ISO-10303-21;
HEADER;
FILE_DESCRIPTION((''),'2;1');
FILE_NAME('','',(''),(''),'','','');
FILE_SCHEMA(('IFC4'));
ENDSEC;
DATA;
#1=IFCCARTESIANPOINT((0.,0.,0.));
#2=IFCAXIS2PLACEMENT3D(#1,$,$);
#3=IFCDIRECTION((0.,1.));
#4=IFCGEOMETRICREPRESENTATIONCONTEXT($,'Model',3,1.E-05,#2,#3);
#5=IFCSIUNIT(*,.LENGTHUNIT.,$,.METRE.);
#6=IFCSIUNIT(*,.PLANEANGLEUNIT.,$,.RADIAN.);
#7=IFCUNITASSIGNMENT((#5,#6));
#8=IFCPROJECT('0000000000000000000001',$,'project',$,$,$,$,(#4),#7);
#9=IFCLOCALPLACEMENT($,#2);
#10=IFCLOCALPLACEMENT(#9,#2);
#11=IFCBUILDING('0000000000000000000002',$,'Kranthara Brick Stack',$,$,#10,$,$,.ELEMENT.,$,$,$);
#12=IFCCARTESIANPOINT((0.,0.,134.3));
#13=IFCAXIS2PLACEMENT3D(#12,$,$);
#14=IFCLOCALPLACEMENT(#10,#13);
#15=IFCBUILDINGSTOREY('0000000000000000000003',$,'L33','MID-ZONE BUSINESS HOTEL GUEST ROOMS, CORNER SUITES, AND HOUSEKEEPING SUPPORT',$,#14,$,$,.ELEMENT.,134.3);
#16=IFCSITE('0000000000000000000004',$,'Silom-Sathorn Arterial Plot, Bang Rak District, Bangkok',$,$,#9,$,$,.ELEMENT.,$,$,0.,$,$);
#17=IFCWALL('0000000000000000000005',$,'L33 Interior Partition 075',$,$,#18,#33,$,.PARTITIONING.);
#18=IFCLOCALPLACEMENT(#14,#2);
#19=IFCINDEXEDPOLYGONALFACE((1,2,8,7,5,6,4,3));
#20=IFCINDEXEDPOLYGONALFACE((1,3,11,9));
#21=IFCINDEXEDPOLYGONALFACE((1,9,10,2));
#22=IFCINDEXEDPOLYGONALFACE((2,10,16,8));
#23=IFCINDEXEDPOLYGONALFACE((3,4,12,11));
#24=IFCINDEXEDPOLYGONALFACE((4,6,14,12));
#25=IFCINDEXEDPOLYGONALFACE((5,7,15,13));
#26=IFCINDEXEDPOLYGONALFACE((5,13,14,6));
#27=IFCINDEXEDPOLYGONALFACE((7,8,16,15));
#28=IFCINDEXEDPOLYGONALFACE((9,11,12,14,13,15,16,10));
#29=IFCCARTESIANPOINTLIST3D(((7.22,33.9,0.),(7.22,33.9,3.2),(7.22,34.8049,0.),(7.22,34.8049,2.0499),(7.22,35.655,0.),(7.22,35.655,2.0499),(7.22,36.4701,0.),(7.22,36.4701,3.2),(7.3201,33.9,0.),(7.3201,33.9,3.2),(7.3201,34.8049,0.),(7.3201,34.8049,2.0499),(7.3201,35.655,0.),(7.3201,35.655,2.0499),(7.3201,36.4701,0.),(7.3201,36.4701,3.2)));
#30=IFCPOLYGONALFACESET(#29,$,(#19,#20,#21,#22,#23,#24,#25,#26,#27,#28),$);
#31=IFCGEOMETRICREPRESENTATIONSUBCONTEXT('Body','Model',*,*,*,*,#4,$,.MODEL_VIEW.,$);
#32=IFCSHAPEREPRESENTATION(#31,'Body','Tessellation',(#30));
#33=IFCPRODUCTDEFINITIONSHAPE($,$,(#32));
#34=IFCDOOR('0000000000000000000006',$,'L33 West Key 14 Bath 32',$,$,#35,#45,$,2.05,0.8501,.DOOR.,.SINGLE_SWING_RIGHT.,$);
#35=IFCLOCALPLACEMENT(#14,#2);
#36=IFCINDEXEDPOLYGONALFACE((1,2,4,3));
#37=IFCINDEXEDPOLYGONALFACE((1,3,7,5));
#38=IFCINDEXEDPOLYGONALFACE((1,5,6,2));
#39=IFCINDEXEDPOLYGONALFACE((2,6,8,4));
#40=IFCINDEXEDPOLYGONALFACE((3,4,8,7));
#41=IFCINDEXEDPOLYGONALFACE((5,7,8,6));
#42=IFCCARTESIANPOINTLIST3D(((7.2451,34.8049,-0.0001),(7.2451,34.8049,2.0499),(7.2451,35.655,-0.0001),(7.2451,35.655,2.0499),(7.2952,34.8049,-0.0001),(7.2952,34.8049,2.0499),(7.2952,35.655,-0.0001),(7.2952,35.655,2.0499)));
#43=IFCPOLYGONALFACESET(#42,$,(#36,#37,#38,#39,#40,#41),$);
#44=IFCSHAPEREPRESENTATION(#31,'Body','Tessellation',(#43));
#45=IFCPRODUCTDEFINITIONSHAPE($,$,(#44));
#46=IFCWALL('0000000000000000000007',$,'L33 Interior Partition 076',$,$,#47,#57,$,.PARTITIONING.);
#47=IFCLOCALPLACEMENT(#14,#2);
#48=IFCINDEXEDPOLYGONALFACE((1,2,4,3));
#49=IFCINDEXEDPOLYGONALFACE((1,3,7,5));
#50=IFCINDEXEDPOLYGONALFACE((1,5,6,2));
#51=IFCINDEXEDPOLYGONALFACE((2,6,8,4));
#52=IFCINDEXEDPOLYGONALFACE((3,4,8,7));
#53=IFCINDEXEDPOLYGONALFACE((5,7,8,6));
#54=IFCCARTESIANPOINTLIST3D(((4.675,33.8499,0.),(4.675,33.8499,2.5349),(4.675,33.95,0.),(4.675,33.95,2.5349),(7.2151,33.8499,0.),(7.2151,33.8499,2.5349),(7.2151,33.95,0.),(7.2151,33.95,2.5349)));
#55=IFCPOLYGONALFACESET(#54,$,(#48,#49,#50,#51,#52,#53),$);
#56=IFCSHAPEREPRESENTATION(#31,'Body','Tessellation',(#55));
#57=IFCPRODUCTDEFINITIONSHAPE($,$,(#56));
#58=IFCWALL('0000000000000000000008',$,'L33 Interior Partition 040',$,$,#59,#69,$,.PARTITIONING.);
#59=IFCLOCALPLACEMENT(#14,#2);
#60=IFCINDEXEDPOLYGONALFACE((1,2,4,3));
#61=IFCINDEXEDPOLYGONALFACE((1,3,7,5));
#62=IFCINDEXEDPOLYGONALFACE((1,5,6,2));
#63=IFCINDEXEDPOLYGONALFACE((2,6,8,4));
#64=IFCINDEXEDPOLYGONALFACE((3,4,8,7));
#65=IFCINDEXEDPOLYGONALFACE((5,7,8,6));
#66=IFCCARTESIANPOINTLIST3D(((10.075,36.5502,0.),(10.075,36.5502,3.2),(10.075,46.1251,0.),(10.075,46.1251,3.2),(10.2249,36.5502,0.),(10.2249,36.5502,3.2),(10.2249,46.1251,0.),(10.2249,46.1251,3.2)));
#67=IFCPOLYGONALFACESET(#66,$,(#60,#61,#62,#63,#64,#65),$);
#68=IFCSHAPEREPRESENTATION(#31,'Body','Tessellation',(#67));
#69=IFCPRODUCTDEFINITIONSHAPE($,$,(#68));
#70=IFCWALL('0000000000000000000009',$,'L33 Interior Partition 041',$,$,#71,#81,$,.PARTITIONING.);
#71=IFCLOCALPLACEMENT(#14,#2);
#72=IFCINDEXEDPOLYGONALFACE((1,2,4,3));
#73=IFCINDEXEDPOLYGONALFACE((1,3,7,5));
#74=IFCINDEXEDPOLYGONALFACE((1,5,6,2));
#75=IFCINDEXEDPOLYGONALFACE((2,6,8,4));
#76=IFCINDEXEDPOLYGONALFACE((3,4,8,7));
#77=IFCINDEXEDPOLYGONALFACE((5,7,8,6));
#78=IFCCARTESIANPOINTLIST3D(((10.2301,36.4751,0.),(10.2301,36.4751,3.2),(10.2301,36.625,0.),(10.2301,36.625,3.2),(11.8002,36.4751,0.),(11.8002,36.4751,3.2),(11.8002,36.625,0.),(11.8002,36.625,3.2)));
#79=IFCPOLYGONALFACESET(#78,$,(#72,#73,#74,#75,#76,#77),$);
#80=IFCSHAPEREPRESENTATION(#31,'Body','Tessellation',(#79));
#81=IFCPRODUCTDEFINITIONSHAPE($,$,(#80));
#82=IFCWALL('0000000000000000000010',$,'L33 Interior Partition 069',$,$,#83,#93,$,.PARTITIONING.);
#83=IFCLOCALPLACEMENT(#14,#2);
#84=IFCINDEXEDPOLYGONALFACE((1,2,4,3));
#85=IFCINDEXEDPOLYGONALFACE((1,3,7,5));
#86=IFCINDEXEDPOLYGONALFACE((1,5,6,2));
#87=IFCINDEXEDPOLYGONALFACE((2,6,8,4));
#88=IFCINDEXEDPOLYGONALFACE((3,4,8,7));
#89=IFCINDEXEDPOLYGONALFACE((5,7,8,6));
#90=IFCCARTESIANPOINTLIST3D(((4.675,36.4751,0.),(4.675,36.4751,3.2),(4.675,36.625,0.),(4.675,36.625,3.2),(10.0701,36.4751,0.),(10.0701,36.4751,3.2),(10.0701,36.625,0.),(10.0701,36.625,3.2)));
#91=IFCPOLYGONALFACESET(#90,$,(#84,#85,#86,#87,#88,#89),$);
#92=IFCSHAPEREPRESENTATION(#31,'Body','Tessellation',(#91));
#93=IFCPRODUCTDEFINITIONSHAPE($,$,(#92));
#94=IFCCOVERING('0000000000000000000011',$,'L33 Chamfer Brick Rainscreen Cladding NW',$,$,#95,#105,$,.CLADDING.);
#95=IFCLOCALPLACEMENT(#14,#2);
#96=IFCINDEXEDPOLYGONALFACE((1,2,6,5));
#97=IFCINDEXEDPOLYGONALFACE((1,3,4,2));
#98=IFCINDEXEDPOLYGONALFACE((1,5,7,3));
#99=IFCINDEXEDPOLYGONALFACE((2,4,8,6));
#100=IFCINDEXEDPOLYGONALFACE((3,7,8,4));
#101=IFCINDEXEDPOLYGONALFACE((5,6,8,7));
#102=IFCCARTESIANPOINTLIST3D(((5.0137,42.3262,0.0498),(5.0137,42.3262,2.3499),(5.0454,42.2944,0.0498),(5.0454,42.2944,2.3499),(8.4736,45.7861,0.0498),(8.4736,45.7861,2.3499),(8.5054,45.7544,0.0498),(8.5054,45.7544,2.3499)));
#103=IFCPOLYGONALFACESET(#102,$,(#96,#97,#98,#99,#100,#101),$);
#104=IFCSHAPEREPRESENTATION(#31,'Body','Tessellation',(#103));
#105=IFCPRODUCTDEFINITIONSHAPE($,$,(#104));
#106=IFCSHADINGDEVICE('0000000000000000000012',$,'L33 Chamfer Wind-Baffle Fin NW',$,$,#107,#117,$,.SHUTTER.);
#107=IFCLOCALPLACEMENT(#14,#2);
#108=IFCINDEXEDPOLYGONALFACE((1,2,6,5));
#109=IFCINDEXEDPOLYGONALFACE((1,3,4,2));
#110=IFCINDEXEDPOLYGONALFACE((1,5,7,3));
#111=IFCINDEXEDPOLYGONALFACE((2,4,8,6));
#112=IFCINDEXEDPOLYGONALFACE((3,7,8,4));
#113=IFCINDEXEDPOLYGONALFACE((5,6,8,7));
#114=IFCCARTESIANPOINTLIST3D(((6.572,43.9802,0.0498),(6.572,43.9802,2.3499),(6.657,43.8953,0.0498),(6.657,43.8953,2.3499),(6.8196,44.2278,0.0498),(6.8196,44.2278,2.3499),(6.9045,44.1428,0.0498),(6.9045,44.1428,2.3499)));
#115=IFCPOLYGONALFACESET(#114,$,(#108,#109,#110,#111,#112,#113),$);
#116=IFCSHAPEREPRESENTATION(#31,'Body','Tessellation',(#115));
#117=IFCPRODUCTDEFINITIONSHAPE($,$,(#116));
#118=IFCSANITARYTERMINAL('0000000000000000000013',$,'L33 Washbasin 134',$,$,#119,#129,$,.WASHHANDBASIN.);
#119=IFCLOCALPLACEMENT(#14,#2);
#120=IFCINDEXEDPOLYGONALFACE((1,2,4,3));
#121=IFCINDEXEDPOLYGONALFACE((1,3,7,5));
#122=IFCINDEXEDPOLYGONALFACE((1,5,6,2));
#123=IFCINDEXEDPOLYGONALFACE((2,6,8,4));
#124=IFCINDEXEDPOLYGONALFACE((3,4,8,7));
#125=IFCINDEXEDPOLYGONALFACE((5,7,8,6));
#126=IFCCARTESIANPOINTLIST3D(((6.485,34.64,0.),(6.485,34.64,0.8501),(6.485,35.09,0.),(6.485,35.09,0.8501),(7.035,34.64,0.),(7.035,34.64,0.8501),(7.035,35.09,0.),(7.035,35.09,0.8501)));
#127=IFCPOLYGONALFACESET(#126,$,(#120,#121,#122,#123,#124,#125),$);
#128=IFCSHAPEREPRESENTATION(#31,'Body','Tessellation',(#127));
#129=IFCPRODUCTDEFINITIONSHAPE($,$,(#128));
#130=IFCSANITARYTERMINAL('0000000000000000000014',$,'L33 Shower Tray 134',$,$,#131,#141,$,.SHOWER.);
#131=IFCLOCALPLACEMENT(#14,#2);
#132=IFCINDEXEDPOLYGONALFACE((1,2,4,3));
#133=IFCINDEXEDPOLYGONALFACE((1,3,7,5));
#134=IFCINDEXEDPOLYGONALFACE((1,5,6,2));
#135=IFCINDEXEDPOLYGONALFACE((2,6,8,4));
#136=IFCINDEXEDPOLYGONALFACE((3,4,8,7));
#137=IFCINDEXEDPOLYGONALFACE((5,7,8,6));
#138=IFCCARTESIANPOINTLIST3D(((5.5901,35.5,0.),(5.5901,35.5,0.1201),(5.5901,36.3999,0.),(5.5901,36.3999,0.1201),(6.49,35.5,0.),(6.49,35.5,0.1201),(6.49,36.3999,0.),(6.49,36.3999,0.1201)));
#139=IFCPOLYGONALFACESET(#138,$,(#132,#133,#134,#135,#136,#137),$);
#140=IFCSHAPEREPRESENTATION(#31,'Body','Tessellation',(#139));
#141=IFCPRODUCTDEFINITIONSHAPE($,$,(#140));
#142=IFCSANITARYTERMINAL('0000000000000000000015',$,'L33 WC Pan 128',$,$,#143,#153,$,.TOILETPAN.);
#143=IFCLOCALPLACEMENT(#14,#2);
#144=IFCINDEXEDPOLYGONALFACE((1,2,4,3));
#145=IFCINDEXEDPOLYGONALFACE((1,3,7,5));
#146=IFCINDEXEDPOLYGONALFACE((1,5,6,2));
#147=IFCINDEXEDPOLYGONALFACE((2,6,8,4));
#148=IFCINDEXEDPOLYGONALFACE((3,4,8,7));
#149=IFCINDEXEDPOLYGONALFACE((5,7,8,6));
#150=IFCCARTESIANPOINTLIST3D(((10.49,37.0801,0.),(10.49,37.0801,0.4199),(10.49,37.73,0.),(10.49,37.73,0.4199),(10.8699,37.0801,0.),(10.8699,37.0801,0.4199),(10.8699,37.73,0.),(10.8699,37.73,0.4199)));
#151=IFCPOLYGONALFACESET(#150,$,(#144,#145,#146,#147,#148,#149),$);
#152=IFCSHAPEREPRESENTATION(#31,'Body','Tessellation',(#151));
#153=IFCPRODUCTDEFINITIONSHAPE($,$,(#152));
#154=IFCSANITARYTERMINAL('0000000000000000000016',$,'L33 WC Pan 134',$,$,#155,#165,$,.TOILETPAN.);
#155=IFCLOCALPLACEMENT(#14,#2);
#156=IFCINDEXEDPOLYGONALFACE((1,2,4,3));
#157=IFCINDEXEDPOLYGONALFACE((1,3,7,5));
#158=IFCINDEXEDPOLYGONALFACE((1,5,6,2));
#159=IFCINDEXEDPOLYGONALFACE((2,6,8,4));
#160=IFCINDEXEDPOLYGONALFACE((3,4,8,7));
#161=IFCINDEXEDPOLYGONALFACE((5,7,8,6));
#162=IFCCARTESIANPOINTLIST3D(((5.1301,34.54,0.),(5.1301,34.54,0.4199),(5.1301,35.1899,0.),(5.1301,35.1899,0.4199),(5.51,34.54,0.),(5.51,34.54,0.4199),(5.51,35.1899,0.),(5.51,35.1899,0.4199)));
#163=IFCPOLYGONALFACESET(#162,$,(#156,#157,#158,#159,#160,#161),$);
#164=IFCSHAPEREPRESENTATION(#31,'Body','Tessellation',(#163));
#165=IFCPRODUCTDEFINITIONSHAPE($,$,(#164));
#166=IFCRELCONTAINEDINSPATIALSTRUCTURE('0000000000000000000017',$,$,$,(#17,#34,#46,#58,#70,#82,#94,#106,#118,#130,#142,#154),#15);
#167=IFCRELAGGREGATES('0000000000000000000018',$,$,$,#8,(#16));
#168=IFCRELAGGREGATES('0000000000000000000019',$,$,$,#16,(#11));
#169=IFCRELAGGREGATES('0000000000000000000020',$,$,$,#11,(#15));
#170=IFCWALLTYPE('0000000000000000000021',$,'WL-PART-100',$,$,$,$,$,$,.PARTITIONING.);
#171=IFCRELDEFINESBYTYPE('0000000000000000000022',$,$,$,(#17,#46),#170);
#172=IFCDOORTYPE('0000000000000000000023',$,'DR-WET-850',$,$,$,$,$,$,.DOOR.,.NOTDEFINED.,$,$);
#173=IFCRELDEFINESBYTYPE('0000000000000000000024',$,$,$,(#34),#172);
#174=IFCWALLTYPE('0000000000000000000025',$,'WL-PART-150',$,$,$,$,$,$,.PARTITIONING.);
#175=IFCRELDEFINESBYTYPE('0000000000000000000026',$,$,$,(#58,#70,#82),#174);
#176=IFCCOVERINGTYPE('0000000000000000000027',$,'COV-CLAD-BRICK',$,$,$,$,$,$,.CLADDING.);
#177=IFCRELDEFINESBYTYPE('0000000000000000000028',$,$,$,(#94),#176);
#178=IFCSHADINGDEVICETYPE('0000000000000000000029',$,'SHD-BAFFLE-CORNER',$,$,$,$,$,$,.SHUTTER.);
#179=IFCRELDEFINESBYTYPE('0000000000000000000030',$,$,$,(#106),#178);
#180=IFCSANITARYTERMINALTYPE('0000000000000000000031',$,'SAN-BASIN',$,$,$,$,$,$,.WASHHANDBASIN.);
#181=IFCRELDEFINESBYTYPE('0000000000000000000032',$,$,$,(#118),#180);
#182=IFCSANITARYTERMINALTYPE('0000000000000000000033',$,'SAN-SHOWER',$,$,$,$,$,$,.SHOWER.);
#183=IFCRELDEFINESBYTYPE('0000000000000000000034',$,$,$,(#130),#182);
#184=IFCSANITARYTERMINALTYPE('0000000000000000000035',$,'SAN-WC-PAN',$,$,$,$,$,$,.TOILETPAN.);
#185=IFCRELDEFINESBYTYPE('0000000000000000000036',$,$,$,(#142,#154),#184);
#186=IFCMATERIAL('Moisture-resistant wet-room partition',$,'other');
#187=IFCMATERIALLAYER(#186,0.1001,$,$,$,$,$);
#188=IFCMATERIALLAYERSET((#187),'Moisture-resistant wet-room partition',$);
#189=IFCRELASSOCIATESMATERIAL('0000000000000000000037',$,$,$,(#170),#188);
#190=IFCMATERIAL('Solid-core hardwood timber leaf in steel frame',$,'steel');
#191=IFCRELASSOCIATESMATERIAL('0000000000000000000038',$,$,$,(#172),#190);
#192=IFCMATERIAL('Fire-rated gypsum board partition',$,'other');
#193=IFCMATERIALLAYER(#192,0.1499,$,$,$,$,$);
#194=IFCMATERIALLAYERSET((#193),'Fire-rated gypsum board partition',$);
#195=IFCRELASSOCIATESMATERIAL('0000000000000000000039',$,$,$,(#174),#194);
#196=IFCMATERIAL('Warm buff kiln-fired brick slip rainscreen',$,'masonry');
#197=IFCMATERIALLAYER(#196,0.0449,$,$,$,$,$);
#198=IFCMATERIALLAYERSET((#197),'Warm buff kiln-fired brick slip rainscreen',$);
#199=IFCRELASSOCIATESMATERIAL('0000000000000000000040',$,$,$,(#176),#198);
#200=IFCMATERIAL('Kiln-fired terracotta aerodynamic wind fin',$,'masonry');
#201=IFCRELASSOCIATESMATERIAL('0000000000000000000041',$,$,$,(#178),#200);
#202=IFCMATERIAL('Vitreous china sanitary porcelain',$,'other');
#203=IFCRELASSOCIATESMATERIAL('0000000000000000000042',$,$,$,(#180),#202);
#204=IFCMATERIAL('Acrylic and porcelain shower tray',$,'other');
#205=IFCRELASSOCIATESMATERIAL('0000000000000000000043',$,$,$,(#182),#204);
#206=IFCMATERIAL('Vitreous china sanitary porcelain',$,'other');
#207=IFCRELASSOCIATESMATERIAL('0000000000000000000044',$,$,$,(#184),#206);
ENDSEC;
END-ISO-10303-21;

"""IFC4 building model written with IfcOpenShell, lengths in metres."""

from ifc_helpers import new_model, si_unit, direction, frame, frame_2d, origin, origin_2d, place, context, subcontext, project, spatial, rectangle, extrude, material, layer, layer_set, type_object, element, fill, save


model = new_model("IFC4")

# Units and contexts
model_context = context("Model", 3, precision=1e-05, world=origin(), true_north=direction((0.0, 1.0)))
body_context = subcontext(model_context, "Body", "Model", "MODEL_VIEW")
ifc_project = project(units=[si_unit("LENGTHUNIT", "METRE"), si_unit("PLANEANGLEUNIT", "RADIAN")], contexts=[model_context])

# Site, building, storey
site_placement = place(None, origin())
site = spatial("IfcSite", under=ifc_project, at=site_placement, Name="Silom-Sathorn Arterial Plot, Bang Rak District, Bangkok", CompositionType="ELEMENT", RefElevation=0.0)
building_placement = place(site_placement, origin())
building = spatial("IfcBuilding", under=site, at=building_placement, Name="Kranthara Brick Stack", CompositionType="ELEMENT")
storey_placement = place(building_placement, frame((0.0, 0.0, 134.3)))
storey = spatial("IfcBuildingStorey", under=building, at=storey_placement, Name="L33", Description="MID-ZONE BUSINESS HOTEL GUEST ROOMS, CORNER SUITES, AND HOUSEKEEPING SUPPORT", CompositionType="ELEMENT", Elevation=134.3)

# Shared definitions
ifc_material_1 = material(Name="Moisture-resistant wet-room partition", Category="other")
ifc_layer_1 = layer(ifc_material_1, 0.1001)
ifc_layer_set_1 = layer_set([ifc_layer_1], Name="Moisture-resistant wet-room partition")
wall_type_1 = type_object("IfcWallType", Name="WL-PART-100", PredefinedType="PARTITIONING", material=ifc_layer_set_1)

# Wall, opening, door
wall_1_placement = place(storey_placement, frame((7.27, 33.8999, 0.0), z_axis=(0.0, 0.0, 1.0), x_axis=(0.0, 1.0, 0.0)))
wall_1 = element("IfcWall", 1, at=wall_1_placement, inside=storey, type_object=wall_type_1, Name="L33 Interior Partition 075", PredefinedType="PARTITIONING", context=body_context, shape_type="SweptSolid", body=[
    extrude(rectangle(XDim=2.5701, YDim=0.1001, at=frame_2d((1.2852, 0.0))), origin(), (0.0, 0.0, 1.0), 3.2),
])
opening_1_placement = place(wall_1_placement, frame((0.905, 0.0, 0.0)))
opening_1 = element("IfcOpeningElement", 2, at=opening_1_placement, cuts=wall_1, PredefinedType="OPENING", context=body_context, shape_type="SweptSolid", body=[
    extrude(rectangle(XDim=0.8501, YDim=2.05, at=frame_2d((0.425, 1.0249))), frame((0.0, 0.0601, 0.0), z_axis=(0.0, -1.0, 0.0), x_axis=(1.0, 0.0, 0.0)), (0.0, 0.0, 1.0), 0.1201),
])
ifc_material_2 = material(Name="Solid-core hardwood timber leaf in steel frame", Category="steel")
door_type_1 = type_object("IfcDoorType", Name="DR-WET-850", OperationType="NOTDEFINED", PredefinedType="DOOR", material=ifc_material_2)
door_1_placement = place(opening_1_placement, origin())
door_1 = element("IfcDoor", 3, at=door_1_placement, inside=storey, type_object=door_type_1, Name="L33 West Key 14 Bath 32", OperationType="SINGLE_SWING_RIGHT", OverallHeight=2.05, OverallWidth=0.8501, PredefinedType="DOOR", context=body_context, shape_type="SweptSolid", body=[
    extrude(rectangle(XDim=0.8501, YDim=2.05, at=frame_2d((0.425, 1.0249))), frame((0.0, 0.0249, 0.0), z_axis=(0.0, -1.0, 0.0), x_axis=(1.0, 0.0, 0.0)), (0.0, 0.0, 1.0), 0.05),
])
fill(opening_1, door_1)

# Walls
wall_2_placement = place(storey_placement, frame((4.675, 33.8999, 0.0), z_axis=(0.0, 0.0, 1.0), x_axis=(1.0, 0.0, 0.0)))
element("IfcWall", 4, at=wall_2_placement, inside=storey, type_object=wall_type_1, Name="L33 Interior Partition 076", PredefinedType="PARTITIONING", context=body_context, shape_type="SweptSolid", body=[
    extrude(rectangle(XDim=2.54, YDim=0.1001, at=frame_2d((1.27, 0.0))), origin(), (0.0, 0.0, 1.0), 2.5349),
])
ifc_material_3 = material(Name="Fire-rated gypsum board partition", Category="other")
ifc_layer_2 = layer(ifc_material_3, 0.1499)
ifc_layer_set_2 = layer_set([ifc_layer_2], Name="Fire-rated gypsum board partition")
wall_type_2 = type_object("IfcWallType", Name="WL-PART-150", PredefinedType="PARTITIONING", material=ifc_layer_set_2)
wall_3_placement = place(storey_placement, frame((10.1499, 36.55, 0.0), z_axis=(0.0, 0.0, 1.0), x_axis=(0.0, 1.0, 0.0)))
element("IfcWall", 5, at=wall_3_placement, inside=storey, type_object=wall_type_2, Name="L33 Interior Partition 040", PredefinedType="PARTITIONING", context=body_context, shape_type="SweptSolid", body=[
    extrude(rectangle(XDim=9.575, YDim=0.1499, at=frame_2d((4.7876, 0.0))), origin(), (0.0, 0.0, 1.0), 3.2),
])
wall_4_placement = place(storey_placement, frame((10.23, 36.55, 0.0), z_axis=(0.0, 0.0, 1.0), x_axis=(1.0, 0.0, 0.0)))
element("IfcWall", 6, at=wall_4_placement, inside=storey, type_object=wall_type_2, Name="L33 Interior Partition 041", PredefinedType="PARTITIONING", context=body_context, shape_type="SweptSolid", body=[
    extrude(rectangle(XDim=1.5701, YDim=0.1499, at=frame_2d((0.7852, 0.0))), origin(), (0.0, 0.0, 1.0), 3.2),
])
wall_5_placement = place(storey_placement, frame((4.675, 36.55, 0.0), z_axis=(0.0, 0.0, 1.0), x_axis=(1.0, 0.0, 0.0)))
element("IfcWall", 7, at=wall_5_placement, inside=storey, type_object=wall_type_2, Name="L33 Interior Partition 069", PredefinedType="PARTITIONING", context=body_context, shape_type="SweptSolid", body=[
    extrude(rectangle(XDim=5.395, YDim=0.1499, at=frame_2d((2.6975, 0.0))), origin(), (0.0, 0.0, 1.0), 3.2),
])

# Covering
ifc_material_4 = material(Name="Warm buff kiln-fired brick slip rainscreen", Category="masonry")
ifc_layer_3 = layer(ifc_material_4, 0.0449)
ifc_layer_set_3 = layer_set([ifc_layer_3], Name="Warm buff kiln-fired brick slip rainscreen")
covering_type = type_object("IfcCoveringType", Name="COV-CLAD-BRICK", PredefinedType="CLADDING", material=ifc_layer_set_3)
covering_placement = place(storey_placement, frame((6.7595, 44.0403, 0.0498), z_axis=(0.0, 0.0, 1.0), x_axis=(0.707107, 0.707107, 0.0)))
element("IfcCovering", 8, at=covering_placement, inside=storey, type_object=covering_type, Name="L33 Chamfer Brick Rainscreen Cladding NW", PredefinedType="CLADDING", context=body_context, shape_type="SweptSolid", body=[
    extrude(rectangle(XDim=4.8931, YDim=0.0449, at=origin_2d()), origin(), (0.0, 0.0, 1.0), 2.3),
])

# Shading device
ifc_material_5 = material(Name="Kiln-fired terracotta aerodynamic wind fin", Category="masonry")
shading_device_type = type_object("IfcShadingDeviceType", Name="SHD-BAFFLE-CORNER", PredefinedType="SHUTTER", material=ifc_material_5)
shading_device_placement = place(storey_placement, frame((6.7383, 44.0615, 0.0498), z_axis=(0.0, 0.0, 1.0), x_axis=(0.707107, 0.707107, 0.0)))
element("IfcShadingDevice", 9, at=shading_device_placement, inside=storey, type_object=shading_device_type, Name="L33 Chamfer Wind-Baffle Fin NW", PredefinedType="SHUTTER", context=body_context, shape_type="SweptSolid", body=[
    extrude(rectangle(XDim=0.3501, YDim=0.1201, at=origin_2d()), origin(), (0.0, 0.0, 1.0), 2.3),
])

# Sanitary terminals
ifc_material_6 = material(Name="Vitreous china sanitary porcelain", Category="other")
sanitary_terminal_type_1 = type_object("IfcSanitaryTerminalType", Name="SAN-BASIN", PredefinedType="WASHHANDBASIN", material=ifc_material_6)
sanitary_terminal_1_placement = place(storey_placement, frame((6.76, 34.865, 0.0), z_axis=(0.0, 0.0, 1.0), x_axis=(1.0, 0.0, 0.0)))
element("IfcSanitaryTerminal", 10, at=sanitary_terminal_1_placement, inside=storey, type_object=sanitary_terminal_type_1, Name="L33 Washbasin 134", PredefinedType="WASHHANDBASIN", context=body_context, shape_type="SweptSolid", body=[
    extrude(rectangle(XDim=0.55, YDim=0.45, at=origin_2d()), origin(), (0.0, 0.0, 1.0), 0.8501),
])
ifc_material_7 = material(Name="Acrylic and porcelain shower tray", Category="other")
sanitary_terminal_type_2 = type_object("IfcSanitaryTerminalType", Name="SAN-SHOWER", PredefinedType="SHOWER", material=ifc_material_7)
sanitary_terminal_2_placement = place(storey_placement, frame((6.04, 35.95, 0.0), z_axis=(0.0, 0.0, 1.0), x_axis=(1.0, 0.0, 0.0)))
element("IfcSanitaryTerminal", 11, at=sanitary_terminal_2_placement, inside=storey, type_object=sanitary_terminal_type_2, Name="L33 Shower Tray 134", PredefinedType="SHOWER", context=body_context, shape_type="SweptSolid", body=[
    extrude(rectangle(XDim=0.8999, YDim=0.8999, at=origin_2d()), origin(), (0.0, 0.0, 1.0), 0.1201),
])
ifc_material_8 = material(Name="Vitreous china sanitary porcelain", Category="other")
sanitary_terminal_type_3 = type_object("IfcSanitaryTerminalType", Name="SAN-WC-PAN", PredefinedType="TOILETPAN", material=ifc_material_8)
for number, where, z_axis, x_axis, name in (
    (12, (10.6799, 37.405, 0.0), (0.0, 0.0, 1.0), (1.0, 0.0, 0.0), "L33 WC Pan 128"),
    (13, (5.3201, 34.865, 0.0), (0.0, 0.0, 1.0), (1.0, 0.0, 0.0), "L33 WC Pan 134"),
):
    element("IfcSanitaryTerminal", number, at=place(storey_placement, frame(where, z_axis=z_axis, x_axis=x_axis)), inside=storey, type_object=sanitary_terminal_type_3, Name=name, PredefinedType="TOILETPAN", context=body_context, shape_type="SweptSolid", body=[
        extrude(rectangle(XDim=0.3799, YDim=0.6499, at=origin_2d()), origin(), (0.0, 0.0, 1.0), 0.4199),
    ])

save(model, "model.ifc")
